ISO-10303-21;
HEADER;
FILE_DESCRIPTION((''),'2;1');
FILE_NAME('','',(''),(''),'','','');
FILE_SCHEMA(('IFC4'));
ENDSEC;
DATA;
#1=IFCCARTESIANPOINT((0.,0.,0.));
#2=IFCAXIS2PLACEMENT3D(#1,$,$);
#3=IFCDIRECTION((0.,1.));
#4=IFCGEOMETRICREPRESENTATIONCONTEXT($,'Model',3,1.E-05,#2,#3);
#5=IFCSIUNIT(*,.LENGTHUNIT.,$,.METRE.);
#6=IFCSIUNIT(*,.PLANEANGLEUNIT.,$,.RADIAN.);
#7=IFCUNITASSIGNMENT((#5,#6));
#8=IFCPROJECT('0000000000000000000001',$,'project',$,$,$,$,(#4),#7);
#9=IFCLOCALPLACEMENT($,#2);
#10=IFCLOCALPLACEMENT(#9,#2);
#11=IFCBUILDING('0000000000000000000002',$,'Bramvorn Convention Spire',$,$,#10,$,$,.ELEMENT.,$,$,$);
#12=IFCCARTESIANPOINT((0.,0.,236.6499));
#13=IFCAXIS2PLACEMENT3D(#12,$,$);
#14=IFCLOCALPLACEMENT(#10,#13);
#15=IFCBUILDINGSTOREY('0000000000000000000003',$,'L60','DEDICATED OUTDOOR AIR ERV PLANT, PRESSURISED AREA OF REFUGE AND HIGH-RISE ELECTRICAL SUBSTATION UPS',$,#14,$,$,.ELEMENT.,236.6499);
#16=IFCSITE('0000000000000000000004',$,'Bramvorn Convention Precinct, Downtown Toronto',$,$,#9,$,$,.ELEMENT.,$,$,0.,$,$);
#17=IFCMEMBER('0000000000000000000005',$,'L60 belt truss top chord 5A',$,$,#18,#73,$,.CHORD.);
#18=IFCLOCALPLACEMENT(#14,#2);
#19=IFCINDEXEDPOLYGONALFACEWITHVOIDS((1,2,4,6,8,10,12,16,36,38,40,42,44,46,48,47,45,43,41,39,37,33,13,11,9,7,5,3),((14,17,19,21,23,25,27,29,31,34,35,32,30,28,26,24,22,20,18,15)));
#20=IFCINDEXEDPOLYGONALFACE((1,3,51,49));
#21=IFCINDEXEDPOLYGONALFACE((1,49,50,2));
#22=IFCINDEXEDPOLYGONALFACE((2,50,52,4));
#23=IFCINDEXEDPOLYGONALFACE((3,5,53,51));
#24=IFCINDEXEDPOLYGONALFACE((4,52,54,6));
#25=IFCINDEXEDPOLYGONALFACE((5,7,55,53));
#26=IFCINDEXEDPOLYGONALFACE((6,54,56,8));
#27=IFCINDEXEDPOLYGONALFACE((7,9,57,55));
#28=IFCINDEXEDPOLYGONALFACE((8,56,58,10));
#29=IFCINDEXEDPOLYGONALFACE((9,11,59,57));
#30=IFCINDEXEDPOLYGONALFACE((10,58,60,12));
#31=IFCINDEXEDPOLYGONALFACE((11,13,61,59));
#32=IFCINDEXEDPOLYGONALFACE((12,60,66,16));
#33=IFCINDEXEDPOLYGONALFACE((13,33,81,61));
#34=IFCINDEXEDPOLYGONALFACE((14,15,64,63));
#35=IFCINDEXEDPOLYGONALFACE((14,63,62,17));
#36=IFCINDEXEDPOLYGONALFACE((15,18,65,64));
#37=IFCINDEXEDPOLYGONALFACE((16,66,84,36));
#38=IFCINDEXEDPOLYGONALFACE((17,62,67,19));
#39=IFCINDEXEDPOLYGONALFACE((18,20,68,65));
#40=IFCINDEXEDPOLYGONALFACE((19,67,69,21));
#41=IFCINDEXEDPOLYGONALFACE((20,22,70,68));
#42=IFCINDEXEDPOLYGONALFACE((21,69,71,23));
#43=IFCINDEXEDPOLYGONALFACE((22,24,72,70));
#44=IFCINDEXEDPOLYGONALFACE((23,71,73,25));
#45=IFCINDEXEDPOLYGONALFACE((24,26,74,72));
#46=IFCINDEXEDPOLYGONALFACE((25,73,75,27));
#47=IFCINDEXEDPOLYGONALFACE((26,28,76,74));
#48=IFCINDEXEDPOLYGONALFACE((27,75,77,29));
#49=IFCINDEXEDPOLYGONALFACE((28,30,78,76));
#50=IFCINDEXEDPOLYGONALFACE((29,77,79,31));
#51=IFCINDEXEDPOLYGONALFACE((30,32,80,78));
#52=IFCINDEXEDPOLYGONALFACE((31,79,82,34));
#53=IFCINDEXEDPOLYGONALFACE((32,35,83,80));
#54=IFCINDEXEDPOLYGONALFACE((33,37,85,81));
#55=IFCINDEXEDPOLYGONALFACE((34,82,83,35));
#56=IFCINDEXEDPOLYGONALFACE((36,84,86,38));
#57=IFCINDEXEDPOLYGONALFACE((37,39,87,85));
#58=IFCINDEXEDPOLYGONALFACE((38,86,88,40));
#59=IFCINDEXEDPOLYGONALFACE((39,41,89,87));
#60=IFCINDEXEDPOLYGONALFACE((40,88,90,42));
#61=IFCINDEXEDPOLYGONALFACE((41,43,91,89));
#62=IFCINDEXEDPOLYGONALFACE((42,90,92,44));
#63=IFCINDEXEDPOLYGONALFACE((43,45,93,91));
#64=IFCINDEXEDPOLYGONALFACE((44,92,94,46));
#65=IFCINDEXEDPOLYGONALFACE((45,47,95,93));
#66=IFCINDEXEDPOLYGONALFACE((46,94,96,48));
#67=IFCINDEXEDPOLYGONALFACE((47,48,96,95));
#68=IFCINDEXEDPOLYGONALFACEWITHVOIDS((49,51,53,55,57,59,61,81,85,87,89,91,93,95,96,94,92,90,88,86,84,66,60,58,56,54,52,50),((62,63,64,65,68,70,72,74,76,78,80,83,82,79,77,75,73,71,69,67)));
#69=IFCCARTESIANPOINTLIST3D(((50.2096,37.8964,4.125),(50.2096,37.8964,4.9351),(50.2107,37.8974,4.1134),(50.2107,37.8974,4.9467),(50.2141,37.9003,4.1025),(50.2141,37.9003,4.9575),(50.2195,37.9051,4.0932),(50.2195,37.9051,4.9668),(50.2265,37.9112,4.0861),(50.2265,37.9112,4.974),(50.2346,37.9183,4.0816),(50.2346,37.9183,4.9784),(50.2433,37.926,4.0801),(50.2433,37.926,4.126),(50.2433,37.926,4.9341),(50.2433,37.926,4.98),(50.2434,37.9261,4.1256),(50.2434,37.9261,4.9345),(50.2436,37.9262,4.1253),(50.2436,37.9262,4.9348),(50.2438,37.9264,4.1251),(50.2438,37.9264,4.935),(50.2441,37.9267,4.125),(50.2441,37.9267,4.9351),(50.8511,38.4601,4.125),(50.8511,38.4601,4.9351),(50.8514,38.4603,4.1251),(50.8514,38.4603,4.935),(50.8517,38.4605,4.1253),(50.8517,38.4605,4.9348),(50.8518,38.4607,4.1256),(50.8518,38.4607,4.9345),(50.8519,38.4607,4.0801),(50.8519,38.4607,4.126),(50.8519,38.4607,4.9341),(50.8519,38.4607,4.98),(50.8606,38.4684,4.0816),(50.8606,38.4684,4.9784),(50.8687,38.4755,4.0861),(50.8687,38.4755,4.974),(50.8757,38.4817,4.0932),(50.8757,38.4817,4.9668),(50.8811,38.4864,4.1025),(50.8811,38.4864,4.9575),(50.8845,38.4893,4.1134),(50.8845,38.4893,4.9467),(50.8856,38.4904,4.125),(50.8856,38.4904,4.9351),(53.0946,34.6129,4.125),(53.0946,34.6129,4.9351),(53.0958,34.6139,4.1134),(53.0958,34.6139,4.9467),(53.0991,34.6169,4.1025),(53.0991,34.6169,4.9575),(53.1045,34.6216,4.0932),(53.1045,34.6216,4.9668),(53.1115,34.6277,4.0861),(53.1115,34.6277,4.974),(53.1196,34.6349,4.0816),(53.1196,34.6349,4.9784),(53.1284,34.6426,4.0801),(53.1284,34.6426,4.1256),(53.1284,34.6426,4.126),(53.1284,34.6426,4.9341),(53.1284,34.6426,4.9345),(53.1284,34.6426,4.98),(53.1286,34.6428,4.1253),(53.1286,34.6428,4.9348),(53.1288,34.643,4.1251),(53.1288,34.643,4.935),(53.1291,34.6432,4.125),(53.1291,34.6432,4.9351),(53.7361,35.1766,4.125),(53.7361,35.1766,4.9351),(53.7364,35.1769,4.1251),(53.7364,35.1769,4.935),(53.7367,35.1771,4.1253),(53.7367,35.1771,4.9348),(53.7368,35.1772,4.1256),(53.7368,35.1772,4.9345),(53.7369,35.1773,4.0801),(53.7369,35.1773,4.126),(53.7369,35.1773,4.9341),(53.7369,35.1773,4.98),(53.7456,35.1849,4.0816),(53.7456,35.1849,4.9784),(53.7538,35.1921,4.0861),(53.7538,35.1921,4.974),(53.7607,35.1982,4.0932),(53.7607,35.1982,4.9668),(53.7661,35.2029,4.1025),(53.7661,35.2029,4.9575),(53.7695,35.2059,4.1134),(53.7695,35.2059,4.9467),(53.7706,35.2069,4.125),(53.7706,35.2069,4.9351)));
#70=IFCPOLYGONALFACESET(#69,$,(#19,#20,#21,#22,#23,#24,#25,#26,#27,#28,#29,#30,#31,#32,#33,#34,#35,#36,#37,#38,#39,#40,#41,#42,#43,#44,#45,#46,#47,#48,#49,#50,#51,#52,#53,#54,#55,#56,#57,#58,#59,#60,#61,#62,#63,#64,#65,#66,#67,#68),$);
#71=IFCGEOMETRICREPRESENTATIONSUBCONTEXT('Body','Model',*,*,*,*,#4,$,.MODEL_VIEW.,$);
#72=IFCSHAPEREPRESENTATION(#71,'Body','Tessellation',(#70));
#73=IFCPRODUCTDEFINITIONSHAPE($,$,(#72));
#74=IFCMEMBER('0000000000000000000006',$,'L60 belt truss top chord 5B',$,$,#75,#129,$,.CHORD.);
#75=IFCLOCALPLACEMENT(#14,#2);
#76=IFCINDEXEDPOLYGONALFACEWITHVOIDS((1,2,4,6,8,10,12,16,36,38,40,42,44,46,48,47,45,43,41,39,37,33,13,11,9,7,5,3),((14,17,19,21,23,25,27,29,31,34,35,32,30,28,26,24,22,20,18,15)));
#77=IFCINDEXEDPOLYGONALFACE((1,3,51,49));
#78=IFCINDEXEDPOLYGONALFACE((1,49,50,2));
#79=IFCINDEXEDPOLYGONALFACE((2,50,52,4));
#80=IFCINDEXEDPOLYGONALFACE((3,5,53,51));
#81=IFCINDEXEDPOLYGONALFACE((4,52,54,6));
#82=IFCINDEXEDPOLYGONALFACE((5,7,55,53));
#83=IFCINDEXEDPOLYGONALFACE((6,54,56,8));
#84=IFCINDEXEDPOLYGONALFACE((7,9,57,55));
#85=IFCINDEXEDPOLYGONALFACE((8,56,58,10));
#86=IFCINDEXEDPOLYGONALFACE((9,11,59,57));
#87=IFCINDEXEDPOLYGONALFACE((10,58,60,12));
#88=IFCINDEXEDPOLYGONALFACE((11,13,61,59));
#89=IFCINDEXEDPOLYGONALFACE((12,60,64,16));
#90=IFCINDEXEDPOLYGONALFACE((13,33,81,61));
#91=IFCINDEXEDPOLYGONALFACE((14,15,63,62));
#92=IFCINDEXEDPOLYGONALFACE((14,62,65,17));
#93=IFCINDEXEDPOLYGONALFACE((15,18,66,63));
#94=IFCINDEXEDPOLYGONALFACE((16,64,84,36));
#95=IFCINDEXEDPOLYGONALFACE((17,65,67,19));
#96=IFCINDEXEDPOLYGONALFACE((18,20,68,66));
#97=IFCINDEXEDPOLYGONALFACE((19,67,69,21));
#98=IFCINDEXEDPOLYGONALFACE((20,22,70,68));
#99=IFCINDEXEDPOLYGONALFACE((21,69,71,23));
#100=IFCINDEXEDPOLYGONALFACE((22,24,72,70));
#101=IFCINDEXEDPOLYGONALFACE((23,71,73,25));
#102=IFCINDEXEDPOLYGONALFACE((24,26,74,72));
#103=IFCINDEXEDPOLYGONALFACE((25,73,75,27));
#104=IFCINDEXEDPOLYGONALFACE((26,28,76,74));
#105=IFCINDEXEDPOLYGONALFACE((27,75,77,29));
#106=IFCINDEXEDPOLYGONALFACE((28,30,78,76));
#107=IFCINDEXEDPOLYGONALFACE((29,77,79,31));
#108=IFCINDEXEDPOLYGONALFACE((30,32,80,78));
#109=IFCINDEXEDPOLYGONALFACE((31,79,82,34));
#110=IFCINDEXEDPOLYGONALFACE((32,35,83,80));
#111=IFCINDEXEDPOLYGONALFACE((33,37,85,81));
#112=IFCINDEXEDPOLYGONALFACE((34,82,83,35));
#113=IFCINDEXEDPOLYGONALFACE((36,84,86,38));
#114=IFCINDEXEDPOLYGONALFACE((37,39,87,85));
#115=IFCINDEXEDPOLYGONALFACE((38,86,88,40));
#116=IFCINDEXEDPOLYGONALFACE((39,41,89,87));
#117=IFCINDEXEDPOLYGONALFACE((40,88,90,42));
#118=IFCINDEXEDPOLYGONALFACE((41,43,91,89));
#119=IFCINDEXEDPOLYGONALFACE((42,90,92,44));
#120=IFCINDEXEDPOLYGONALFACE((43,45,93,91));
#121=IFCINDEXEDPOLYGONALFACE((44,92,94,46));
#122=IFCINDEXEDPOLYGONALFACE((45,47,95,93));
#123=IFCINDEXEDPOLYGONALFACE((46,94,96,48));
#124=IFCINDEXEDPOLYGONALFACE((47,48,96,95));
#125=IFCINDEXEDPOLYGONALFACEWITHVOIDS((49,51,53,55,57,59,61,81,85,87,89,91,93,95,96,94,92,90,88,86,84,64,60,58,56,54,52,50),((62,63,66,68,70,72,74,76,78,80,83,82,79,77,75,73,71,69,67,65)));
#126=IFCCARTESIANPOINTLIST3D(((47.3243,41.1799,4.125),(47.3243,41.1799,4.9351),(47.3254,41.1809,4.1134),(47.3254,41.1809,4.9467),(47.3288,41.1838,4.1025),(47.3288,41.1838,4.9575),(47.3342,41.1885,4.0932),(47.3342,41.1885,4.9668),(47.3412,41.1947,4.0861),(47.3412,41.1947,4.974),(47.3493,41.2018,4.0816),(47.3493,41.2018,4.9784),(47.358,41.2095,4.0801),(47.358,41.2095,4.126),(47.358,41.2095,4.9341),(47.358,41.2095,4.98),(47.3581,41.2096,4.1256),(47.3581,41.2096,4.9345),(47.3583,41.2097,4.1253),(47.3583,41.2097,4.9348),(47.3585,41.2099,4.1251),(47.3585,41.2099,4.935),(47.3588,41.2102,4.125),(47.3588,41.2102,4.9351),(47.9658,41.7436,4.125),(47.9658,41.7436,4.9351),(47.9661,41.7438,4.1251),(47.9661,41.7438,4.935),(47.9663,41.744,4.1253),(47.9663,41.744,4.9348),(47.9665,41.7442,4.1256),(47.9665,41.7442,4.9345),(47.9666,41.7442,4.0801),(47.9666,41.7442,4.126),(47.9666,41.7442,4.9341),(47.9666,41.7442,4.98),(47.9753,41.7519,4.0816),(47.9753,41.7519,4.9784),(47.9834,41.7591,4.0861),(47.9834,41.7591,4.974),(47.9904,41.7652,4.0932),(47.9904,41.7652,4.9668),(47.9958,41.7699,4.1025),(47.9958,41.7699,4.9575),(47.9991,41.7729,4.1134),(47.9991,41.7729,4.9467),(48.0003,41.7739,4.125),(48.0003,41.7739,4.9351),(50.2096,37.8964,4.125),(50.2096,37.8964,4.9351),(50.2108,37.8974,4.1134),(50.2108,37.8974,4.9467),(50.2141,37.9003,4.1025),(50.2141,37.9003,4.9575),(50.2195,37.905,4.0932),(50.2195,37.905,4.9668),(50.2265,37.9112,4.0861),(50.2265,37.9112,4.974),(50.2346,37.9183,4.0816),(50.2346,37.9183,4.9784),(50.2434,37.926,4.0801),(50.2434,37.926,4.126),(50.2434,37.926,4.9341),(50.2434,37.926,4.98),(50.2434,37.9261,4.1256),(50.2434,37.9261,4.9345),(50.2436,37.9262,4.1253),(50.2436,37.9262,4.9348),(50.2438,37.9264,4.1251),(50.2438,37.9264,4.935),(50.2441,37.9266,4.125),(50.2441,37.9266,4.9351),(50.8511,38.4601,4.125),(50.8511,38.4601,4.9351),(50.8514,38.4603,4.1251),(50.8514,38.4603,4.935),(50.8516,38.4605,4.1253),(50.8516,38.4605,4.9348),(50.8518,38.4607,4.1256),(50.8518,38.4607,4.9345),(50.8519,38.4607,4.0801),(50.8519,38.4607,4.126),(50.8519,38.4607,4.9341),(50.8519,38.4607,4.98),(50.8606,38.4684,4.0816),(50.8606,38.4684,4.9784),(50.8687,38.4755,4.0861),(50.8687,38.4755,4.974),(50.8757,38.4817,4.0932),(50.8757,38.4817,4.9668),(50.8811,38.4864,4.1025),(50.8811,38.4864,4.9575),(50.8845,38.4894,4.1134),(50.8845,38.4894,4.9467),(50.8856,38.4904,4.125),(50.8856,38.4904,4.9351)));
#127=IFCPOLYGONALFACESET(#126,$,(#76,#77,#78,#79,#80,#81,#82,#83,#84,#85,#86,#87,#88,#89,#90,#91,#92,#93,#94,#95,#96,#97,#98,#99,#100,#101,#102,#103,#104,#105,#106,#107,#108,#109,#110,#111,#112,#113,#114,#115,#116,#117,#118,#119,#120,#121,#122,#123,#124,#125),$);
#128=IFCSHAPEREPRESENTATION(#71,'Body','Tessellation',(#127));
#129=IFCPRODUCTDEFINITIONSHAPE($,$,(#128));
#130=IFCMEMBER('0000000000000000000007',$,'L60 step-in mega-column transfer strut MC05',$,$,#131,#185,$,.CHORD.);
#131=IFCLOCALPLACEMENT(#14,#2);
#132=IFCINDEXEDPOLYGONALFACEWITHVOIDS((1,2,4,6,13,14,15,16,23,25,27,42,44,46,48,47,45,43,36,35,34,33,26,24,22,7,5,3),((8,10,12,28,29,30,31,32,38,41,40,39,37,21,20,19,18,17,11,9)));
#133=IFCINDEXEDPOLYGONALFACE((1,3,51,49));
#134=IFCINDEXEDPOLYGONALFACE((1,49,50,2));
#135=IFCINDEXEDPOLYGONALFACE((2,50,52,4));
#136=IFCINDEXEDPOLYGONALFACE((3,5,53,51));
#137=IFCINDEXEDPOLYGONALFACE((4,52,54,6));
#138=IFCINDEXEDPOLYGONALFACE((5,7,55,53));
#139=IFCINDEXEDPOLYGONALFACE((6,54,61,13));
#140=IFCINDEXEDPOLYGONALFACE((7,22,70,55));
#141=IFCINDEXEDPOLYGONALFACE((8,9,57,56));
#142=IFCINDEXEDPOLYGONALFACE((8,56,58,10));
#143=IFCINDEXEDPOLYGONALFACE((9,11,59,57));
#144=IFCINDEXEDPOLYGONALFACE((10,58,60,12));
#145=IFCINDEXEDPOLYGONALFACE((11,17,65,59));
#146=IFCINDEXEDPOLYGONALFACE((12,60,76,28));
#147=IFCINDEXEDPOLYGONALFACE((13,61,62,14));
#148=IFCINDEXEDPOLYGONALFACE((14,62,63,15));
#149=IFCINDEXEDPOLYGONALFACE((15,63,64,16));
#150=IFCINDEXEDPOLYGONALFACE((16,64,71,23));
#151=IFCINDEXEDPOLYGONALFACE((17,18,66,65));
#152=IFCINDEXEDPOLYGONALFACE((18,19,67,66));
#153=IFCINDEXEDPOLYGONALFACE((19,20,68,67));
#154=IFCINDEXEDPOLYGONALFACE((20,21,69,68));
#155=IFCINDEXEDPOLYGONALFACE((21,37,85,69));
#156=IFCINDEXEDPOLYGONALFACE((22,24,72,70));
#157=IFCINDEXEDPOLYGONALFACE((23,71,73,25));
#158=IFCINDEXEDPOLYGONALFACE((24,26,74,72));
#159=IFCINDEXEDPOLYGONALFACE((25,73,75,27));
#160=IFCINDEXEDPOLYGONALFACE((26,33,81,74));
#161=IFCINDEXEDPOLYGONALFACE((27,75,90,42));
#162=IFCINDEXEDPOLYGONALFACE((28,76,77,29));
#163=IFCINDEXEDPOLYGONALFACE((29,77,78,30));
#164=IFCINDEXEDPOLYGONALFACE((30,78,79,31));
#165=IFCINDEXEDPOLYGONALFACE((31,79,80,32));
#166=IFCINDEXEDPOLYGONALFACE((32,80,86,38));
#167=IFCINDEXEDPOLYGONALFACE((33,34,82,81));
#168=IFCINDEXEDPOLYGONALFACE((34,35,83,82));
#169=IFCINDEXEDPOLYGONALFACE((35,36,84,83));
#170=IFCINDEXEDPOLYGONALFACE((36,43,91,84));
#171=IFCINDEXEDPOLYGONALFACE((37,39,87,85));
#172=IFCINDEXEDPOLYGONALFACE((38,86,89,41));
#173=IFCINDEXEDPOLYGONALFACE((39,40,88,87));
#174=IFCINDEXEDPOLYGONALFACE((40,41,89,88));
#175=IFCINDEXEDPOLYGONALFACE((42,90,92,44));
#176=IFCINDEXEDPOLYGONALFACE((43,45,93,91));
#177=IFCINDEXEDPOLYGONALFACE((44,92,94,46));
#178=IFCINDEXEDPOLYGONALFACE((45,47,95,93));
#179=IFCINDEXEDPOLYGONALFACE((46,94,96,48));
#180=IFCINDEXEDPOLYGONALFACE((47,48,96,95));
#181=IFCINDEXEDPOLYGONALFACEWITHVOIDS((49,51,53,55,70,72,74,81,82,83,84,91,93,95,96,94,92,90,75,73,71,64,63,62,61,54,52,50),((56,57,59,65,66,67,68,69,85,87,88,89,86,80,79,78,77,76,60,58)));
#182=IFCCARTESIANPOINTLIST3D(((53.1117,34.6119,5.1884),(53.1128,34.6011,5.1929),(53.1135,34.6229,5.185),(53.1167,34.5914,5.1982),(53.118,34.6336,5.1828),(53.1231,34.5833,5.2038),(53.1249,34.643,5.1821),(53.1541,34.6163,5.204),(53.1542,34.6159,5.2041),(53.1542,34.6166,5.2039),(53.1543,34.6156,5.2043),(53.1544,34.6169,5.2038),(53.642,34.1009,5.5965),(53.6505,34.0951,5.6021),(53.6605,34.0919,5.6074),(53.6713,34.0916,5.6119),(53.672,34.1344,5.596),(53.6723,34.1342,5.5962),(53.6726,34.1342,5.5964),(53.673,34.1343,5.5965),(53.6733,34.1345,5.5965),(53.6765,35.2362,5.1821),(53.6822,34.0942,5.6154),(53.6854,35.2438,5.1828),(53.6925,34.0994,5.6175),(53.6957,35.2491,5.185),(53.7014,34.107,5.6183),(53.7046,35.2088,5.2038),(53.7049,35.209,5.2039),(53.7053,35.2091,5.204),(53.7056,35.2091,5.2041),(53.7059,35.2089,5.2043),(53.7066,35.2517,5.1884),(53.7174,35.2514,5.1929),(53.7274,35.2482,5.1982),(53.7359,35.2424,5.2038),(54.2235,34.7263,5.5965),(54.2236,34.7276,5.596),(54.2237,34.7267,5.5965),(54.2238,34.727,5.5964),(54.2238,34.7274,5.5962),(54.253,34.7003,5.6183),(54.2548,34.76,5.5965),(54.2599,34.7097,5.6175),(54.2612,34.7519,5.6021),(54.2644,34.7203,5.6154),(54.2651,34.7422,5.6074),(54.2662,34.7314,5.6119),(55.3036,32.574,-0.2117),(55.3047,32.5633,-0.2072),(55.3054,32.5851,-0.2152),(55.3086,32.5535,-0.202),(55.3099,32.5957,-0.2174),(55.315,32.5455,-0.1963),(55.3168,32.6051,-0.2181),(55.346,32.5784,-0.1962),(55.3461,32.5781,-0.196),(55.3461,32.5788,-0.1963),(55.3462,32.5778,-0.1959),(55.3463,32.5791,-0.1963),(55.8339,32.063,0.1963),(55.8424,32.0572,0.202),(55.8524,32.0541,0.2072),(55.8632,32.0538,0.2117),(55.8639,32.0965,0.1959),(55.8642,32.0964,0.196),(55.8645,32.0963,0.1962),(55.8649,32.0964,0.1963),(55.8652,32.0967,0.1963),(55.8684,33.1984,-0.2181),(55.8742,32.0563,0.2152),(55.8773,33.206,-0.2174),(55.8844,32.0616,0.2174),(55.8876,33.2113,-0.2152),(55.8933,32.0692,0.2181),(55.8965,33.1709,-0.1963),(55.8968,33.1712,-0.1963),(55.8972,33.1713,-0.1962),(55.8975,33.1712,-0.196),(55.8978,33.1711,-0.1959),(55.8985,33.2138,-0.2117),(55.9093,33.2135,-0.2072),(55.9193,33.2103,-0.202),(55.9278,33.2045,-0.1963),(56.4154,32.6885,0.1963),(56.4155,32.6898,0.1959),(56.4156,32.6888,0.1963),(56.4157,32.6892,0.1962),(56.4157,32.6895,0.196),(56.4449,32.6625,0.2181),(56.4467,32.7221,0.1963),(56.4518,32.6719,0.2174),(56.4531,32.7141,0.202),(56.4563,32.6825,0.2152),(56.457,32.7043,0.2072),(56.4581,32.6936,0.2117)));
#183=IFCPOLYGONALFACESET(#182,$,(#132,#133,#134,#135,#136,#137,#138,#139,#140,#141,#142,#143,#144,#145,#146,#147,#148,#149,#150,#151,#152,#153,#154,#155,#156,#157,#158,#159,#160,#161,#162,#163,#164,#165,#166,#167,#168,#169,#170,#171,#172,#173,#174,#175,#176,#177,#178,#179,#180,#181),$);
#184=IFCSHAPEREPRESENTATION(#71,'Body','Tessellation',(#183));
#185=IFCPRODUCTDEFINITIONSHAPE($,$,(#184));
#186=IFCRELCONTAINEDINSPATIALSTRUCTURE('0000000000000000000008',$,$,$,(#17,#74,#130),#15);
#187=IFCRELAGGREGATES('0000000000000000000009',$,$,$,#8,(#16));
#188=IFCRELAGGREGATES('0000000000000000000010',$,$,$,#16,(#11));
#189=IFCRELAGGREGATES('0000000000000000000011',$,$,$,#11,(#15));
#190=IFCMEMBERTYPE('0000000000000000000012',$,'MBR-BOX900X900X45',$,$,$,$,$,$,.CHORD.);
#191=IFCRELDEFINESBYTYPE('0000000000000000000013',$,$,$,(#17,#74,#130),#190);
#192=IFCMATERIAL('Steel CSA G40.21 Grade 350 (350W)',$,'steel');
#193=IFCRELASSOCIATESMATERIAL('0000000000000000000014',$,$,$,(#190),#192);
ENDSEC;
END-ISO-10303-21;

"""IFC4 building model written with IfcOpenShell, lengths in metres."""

from ifc_helpers import new_model, si_unit, direction, frame, origin, origin_2d, place, context, subcontext, project, spatial, hollow_rectangle, extrude, material, material_profile, profile_set, type_object, element, save


model = new_model("IFC4")

# Units and contexts
model_context = context("Model", 3, precision=1e-05, world=origin(), true_north=direction((0.0, 1.0)))
body_context = subcontext(model_context, "Body", "Model", "MODEL_VIEW")
ifc_project = project(units=[si_unit("LENGTHUNIT", "METRE"), si_unit("PLANEANGLEUNIT", "RADIAN")], contexts=[model_context])

# Site, building, storey
site_placement = place(None, origin())
site = spatial("IfcSite", under=ifc_project, at=site_placement, Name="Bramvorn Convention Precinct, Downtown Toronto", CompositionType="ELEMENT", RefElevation=0.0)
building_placement = place(site_placement, origin())
building = spatial("IfcBuilding", under=site, at=building_placement, Name="Bramvorn Convention Spire", CompositionType="ELEMENT")
storey_placement = place(building_placement, frame((0.0, 0.0, 236.6499)))
storey = spatial("IfcBuildingStorey", under=building, at=storey_placement, Name="L60", Description="DEDICATED OUTDOOR AIR ERV PLANT, PRESSURISED AREA OF REFUGE AND HIGH-RISE ELECTRICAL SUBSTATION UPS", CompositionType="ELEMENT", Elevation=236.6499)

# Shared definitions
ifc_material_1 = material(Name="Steel CSA G40.21 Grade 350 (350W)", Category="steel")

# Members
ifc_material_profile_1 = material_profile(ifc_material_1, hollow_rectangle(XDim=0.8999, YDim=0.8999, WallThickness=0.0449, InnerFilletRadius=0.001, OuterFilletRadius=0.0449, at=origin_2d()))
ifc_profile_set_1 = profile_set([ifc_material_profile_1], Name="Steel CSA G40.21 Grade 350 (350W) - BOX900X900X45")
member_type_1 = type_object("IfcMemberType", Name="MBR-BOX900X900X45", PredefinedType="CHORD", material=ifc_profile_set_1)
member_1_placement = place(storey_placement, frame((53.4326, 34.9099, 4.53), z_axis=(-0.660057, 0.751215, 0.0), x_axis=(-0.751215, -0.660057, 0.0)))
element("IfcMember", 1, at=member_1_placement, inside=storey, type_object=member_type_1, Name="L60 belt truss top chord 5A", PredefinedType="CHORD", context=body_context, shape_type="SweptSolid", body=[
    extrude(hollow_rectangle(XDim=0.8999, YDim=0.8999, WallThickness=0.0449, InnerFilletRadius=0.001, OuterFilletRadius=0.0449, at=origin_2d()), origin(), (0.0, 0.0, 1.0), 4.3708),
])
member_2_placement = place(storey_placement, frame((50.5476, 38.1934, 4.53), z_axis=(-0.660089, 0.751188, 0.0), x_axis=(-0.751188, -0.660089, 0.0)))
element("IfcMember", 2, at=member_2_placement, inside=storey, type_object=member_type_1, Name="L60 belt truss top chord 5B", PredefinedType="CHORD", context=body_context, shape_type="SweptSolid", body=[
    extrude(hollow_rectangle(XDim=0.8999, YDim=0.8999, WallThickness=0.0449, InnerFilletRadius=0.001, OuterFilletRadius=0.0449, at=origin_2d()), origin(), (0.0, 0.0, 1.0), 4.3711),
])
member_3_placement = place(storey_placement, frame((55.8809, 32.6338, 0.0), z_axis=(-0.355018, 0.330066, 0.874653), x_axis=(-0.680902, -0.732375, 0.0)))
element("IfcMember", 3, at=member_3_placement, inside=storey, type_object=member_type_1, Name="L60 step-in mega-column transfer strut MC05", PredefinedType="CHORD", context=body_context, shape_type="SweptSolid", body=[
    extrude(hollow_rectangle(XDim=0.8999, YDim=0.8999, WallThickness=0.0449, InnerFilletRadius=0.001, OuterFilletRadius=0.0449, at=origin_2d()), origin(), (0.0, 0.0, 1.0), 6.1741),
])

save(model, "model.ifc")
